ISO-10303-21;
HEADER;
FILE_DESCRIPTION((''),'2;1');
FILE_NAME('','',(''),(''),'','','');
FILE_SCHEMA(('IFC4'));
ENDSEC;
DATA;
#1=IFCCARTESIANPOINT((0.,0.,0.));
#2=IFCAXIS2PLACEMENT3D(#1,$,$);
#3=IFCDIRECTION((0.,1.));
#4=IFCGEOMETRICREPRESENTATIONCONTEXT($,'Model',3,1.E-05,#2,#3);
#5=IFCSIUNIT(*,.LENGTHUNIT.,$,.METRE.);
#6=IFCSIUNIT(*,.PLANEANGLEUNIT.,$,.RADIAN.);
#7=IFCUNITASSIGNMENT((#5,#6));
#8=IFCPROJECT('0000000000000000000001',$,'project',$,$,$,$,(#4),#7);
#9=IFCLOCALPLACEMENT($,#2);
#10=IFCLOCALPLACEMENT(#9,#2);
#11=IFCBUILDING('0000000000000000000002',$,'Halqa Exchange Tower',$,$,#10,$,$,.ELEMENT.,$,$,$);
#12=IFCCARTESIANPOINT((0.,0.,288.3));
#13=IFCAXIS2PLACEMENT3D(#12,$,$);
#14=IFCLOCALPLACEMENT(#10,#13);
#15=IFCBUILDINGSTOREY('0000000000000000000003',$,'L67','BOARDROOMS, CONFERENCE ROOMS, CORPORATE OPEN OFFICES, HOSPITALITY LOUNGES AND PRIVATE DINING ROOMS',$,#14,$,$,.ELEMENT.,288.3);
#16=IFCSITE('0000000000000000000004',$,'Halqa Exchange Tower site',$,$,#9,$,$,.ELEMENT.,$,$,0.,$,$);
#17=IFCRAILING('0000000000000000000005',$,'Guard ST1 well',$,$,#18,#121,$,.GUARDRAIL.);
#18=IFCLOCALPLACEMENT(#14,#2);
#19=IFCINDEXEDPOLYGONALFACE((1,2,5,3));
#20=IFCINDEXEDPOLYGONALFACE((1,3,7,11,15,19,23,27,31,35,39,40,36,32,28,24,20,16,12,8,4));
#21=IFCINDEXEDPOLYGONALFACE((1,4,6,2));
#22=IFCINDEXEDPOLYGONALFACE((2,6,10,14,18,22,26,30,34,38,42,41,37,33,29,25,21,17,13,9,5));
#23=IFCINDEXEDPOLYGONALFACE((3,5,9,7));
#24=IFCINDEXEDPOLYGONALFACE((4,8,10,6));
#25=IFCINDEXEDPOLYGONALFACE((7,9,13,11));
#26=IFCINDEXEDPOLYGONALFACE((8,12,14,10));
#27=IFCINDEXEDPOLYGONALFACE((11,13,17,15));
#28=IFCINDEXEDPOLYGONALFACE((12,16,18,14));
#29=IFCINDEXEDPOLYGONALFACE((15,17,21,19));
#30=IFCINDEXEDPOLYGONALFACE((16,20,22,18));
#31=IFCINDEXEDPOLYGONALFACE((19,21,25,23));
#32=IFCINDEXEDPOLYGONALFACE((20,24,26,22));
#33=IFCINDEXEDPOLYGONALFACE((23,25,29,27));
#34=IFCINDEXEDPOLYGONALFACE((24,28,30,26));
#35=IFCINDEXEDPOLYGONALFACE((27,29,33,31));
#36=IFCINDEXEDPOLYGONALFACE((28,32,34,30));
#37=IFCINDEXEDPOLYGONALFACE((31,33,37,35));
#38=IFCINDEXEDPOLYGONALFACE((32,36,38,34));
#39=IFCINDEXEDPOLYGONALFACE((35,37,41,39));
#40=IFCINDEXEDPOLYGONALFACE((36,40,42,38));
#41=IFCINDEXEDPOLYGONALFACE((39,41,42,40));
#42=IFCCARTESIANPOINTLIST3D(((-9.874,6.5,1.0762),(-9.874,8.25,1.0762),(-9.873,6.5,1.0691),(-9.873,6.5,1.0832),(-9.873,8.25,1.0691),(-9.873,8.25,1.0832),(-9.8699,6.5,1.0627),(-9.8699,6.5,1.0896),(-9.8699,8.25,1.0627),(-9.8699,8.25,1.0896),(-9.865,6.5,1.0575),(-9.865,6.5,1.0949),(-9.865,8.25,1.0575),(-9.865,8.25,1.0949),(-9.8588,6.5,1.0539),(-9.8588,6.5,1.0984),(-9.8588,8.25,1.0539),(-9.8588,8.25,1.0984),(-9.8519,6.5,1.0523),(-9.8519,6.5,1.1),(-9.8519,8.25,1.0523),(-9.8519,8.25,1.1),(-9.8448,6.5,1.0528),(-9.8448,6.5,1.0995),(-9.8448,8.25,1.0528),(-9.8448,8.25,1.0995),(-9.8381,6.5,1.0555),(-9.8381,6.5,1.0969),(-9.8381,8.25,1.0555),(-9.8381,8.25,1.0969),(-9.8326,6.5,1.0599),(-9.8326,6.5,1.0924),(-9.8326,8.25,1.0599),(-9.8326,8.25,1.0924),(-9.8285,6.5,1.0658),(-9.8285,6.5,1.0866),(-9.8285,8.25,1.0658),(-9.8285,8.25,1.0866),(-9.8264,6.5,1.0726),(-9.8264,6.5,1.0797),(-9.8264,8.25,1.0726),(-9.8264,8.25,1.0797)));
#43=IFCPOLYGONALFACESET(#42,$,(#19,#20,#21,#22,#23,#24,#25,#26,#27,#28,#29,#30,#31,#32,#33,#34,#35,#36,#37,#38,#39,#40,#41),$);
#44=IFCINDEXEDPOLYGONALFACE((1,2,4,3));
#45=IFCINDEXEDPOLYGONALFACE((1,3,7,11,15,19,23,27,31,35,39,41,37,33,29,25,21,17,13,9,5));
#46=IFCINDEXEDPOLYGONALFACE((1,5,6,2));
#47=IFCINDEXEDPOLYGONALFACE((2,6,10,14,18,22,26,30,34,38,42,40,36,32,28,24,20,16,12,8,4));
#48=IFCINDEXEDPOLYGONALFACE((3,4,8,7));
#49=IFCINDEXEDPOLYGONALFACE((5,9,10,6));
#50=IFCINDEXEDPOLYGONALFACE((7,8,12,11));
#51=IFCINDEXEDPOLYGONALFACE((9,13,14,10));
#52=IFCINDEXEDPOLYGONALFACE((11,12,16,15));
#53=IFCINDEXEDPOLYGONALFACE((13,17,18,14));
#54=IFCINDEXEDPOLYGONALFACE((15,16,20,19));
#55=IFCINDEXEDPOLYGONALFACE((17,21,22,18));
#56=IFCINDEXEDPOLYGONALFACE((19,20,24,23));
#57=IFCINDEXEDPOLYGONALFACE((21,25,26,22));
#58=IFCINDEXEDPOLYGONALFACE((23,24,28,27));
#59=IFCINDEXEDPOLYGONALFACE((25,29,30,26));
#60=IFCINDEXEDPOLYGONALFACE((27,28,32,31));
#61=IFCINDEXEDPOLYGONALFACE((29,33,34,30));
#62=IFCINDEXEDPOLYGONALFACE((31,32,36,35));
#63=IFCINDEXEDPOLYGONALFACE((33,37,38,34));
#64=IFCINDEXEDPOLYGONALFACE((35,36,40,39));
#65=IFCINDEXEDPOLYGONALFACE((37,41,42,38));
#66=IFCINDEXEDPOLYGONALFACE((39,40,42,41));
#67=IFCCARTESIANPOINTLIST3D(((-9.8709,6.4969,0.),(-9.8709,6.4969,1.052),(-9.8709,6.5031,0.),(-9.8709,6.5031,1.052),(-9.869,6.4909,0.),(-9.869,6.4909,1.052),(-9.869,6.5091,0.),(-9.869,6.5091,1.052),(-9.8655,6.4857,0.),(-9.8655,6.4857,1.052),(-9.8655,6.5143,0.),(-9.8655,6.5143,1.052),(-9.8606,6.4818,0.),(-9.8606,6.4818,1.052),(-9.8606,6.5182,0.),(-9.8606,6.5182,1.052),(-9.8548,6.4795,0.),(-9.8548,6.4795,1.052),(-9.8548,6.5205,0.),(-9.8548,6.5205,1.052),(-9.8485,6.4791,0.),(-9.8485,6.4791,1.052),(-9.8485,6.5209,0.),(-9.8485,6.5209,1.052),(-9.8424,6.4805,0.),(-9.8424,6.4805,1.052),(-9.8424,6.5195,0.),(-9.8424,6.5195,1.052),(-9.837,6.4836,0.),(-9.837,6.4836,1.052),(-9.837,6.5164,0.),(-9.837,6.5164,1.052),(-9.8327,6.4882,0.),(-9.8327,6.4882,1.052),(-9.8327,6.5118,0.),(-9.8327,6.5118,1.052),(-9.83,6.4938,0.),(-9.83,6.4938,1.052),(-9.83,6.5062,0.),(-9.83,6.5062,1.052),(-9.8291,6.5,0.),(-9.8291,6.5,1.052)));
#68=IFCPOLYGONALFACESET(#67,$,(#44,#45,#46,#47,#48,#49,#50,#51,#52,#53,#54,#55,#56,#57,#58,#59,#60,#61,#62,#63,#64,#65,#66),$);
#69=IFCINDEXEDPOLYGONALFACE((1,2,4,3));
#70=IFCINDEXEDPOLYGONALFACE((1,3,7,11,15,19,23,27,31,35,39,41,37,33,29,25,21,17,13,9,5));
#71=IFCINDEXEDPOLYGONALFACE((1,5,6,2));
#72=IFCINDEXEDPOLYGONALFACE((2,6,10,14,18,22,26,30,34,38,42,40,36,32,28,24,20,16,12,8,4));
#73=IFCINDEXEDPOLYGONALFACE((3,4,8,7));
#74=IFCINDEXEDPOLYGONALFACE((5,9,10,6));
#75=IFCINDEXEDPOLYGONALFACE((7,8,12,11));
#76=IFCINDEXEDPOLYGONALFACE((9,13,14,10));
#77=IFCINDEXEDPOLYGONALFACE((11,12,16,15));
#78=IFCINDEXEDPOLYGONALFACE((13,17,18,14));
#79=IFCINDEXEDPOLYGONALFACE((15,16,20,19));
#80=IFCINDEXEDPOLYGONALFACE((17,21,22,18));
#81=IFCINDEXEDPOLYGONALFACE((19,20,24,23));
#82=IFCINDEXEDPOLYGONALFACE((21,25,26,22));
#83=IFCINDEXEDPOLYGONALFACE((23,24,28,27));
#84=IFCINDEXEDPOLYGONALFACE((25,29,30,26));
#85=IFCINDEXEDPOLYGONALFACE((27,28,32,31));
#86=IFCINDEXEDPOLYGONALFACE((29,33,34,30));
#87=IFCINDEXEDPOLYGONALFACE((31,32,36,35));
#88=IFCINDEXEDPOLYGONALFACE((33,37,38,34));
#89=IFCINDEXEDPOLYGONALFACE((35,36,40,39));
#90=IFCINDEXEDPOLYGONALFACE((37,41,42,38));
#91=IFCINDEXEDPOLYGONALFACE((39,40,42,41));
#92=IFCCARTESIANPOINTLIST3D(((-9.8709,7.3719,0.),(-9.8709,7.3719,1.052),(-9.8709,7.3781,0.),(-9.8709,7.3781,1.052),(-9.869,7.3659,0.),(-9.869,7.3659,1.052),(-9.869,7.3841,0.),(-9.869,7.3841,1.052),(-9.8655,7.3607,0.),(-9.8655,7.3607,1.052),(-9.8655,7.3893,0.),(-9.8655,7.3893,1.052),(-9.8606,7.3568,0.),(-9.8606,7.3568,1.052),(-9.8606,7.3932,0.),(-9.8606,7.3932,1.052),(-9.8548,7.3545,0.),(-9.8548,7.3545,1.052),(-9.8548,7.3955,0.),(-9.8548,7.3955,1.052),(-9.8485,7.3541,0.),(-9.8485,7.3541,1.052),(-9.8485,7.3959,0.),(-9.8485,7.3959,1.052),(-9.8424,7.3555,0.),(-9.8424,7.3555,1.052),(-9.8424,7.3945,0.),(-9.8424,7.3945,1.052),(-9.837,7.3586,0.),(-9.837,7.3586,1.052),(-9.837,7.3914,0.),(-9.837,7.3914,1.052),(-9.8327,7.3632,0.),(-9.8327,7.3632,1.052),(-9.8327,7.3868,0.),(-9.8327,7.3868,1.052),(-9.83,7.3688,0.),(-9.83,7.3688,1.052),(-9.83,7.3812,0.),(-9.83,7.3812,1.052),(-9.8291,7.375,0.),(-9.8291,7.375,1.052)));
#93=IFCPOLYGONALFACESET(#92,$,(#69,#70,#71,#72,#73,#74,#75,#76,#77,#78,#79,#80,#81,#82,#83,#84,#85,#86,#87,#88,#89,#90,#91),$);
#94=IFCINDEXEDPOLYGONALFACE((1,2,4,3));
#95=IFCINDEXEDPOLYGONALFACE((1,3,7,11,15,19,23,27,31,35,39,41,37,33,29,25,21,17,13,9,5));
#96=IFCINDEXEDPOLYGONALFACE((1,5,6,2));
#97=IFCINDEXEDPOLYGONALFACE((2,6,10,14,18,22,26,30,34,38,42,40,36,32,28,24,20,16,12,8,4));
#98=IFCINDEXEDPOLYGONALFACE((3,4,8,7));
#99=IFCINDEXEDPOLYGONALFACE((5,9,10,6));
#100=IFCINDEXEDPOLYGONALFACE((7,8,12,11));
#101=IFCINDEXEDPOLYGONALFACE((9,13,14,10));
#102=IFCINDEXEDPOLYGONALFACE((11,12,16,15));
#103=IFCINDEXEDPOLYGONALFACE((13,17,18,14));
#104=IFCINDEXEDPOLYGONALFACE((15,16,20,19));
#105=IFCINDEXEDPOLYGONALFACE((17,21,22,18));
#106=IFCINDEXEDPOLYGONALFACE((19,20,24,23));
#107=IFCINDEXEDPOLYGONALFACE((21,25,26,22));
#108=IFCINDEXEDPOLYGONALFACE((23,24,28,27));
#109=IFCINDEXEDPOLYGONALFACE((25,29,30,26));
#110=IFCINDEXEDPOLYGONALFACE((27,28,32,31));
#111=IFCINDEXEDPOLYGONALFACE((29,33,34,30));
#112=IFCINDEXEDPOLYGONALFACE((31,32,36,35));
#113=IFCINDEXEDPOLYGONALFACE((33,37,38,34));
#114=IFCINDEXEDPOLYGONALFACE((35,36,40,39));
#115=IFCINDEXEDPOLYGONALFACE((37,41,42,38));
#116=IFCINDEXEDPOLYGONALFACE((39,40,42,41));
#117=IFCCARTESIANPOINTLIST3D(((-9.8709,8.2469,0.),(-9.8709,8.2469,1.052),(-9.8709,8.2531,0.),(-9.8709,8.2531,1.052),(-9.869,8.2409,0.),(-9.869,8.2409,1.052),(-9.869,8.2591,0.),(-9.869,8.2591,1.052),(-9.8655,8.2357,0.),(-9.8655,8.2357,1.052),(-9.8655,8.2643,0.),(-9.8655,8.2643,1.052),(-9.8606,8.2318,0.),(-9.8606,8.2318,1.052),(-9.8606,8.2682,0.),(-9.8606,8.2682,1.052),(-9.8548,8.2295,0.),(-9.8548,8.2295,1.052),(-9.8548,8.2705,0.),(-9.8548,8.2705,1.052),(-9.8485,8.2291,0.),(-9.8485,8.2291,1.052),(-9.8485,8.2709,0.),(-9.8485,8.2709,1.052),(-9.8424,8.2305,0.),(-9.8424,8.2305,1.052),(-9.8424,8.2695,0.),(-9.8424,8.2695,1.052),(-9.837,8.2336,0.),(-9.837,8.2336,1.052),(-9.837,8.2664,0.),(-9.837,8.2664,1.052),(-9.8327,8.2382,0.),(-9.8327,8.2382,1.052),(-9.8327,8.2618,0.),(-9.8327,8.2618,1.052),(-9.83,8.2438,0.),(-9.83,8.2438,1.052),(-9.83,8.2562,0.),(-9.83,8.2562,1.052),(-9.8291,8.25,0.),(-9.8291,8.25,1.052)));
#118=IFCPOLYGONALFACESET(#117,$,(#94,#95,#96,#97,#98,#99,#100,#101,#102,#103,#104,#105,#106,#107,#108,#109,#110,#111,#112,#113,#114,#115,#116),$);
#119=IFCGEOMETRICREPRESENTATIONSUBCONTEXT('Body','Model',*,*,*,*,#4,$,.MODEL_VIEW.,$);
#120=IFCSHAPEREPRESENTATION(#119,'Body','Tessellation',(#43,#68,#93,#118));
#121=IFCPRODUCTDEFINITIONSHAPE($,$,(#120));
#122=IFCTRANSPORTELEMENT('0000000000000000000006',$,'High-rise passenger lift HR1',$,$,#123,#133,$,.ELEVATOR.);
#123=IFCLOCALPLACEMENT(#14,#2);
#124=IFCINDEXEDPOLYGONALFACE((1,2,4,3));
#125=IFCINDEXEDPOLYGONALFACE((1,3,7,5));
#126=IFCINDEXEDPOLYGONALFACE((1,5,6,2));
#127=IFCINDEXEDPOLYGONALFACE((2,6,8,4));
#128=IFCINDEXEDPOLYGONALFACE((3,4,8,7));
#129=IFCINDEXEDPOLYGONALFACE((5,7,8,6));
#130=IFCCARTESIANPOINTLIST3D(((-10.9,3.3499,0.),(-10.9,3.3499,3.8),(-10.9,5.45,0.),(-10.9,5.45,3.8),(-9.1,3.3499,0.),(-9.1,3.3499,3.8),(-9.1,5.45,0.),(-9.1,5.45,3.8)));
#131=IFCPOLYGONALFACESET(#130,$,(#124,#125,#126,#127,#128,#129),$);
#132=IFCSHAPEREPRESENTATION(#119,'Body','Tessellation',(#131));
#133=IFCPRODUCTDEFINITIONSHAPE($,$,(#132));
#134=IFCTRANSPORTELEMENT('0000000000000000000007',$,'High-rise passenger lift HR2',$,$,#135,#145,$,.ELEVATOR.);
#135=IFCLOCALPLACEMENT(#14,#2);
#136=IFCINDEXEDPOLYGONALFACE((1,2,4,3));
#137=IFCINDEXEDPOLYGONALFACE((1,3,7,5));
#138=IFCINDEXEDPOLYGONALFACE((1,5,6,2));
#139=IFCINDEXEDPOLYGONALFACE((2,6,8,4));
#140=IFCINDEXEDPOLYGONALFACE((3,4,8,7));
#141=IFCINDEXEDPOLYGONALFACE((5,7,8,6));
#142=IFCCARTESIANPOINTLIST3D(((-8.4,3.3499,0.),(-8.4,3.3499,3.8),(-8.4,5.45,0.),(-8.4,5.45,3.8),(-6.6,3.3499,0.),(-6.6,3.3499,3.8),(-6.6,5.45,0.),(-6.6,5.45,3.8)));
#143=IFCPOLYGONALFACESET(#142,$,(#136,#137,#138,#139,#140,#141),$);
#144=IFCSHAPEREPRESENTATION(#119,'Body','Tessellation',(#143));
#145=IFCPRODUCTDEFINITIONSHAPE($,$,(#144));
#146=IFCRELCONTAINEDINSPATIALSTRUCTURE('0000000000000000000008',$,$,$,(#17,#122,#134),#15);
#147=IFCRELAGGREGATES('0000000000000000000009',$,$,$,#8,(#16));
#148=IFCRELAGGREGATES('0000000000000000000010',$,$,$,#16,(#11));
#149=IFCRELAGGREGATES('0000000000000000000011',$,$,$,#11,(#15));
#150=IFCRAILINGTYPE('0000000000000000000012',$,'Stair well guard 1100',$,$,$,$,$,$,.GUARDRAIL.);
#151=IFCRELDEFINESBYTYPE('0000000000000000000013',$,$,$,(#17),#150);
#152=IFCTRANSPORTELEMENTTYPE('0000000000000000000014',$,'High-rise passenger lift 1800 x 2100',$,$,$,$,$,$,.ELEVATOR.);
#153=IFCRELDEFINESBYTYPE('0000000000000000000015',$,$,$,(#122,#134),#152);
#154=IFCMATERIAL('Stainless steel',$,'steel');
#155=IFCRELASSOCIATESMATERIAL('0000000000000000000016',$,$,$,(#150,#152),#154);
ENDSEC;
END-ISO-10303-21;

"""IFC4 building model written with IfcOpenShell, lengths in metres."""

from ifc_helpers import new_model, si_unit, direction, frame, origin, origin_2d, place, context, subcontext, project, spatial, rectangle, circle, extrude, material, type_object, element, save


model = new_model("IFC4")

# Units and contexts
model_context = context("Model", 3, precision=1e-05, world=origin(), true_north=direction((0.0, 1.0)))
body_context = subcontext(model_context, "Body", "Model", "MODEL_VIEW")
ifc_project = project(units=[si_unit("LENGTHUNIT", "METRE"), si_unit("PLANEANGLEUNIT", "RADIAN")], contexts=[model_context])

# Site, building, storey
site_placement = place(None, origin())
site = spatial("IfcSite", under=ifc_project, at=site_placement, Name="Halqa Exchange Tower site", CompositionType="ELEMENT", RefElevation=0.0)
building_placement = place(site_placement, origin())
building = spatial("IfcBuilding", under=site, at=building_placement, Name="Halqa Exchange Tower", CompositionType="ELEMENT")
storey_placement = place(building_placement, frame((0.0, 0.0, 288.3)))
storey = spatial("IfcBuildingStorey", under=building, at=storey_placement, Name="L67", Description="BOARDROOMS, CONFERENCE ROOMS, CORPORATE OPEN OFFICES, HOSPITALITY LOUNGES AND PRIVATE DINING ROOMS", CompositionType="ELEMENT", Elevation=288.3)

# Shared definitions
ifc_material_1 = material(Name="Stainless steel", Category="steel")

# Railing
railing_type_1 = type_object("IfcRailingType", Name="Stair well guard 1100", PredefinedType="GUARDRAIL", material=ifc_material_1)
railing_1_placement = place(storey_placement, frame((-9.8501, 6.5, 0.0)))
element("IfcRailing", 1, at=railing_1_placement, inside=storey, type_object=railing_type_1, Name="Guard ST1 well", PredefinedType="GUARDRAIL", context=body_context, shape_type="SweptSolid", body=[
    extrude(circle(Radius=0.0239, at=origin_2d()), frame((0.0, 0.0, 1.0762), z_axis=(0.0, 1.0, 0.0), x_axis=(-1.0, 0.0, 0.0)), (0.0, 0.0, 1.0), 1.75),
    extrude(circle(Radius=0.021, at=origin_2d()), origin(), (0.0, 0.0, 1.0), 1.052),
    extrude(circle(Radius=0.021, at=origin_2d()), frame((0.0, 0.875, 0.0)), (0.0, 0.0, 1.0), 1.052),
    extrude(circle(Radius=0.021, at=origin_2d()), frame((0.0, 1.75, 0.0)), (0.0, 0.0, 1.0), 1.052),
])

# Transport elements
transport_element_type = type_object("IfcTransportElementType", Name="High-rise passenger lift 1800 x 2100", PredefinedType="ELEVATOR", material=ifc_material_1)
for number, where, z_axis, x_axis, name in (
    (2, (-10.0, 4.3999, 0.0), (0.0, 0.0, 1.0), (1.0, 0.0, 0.0), "High-rise passenger lift HR1"),
    (3, (-7.5, 4.3999, 0.0), (0.0, 0.0, 1.0), (1.0, 0.0, 0.0), "High-rise passenger lift HR2"),
):
    element("IfcTransportElement", number, at=place(storey_placement, frame(where, z_axis=z_axis, x_axis=x_axis)), inside=storey, type_object=transport_element_type, Name=name, PredefinedType="ELEVATOR", context=body_context, shape_type="SweptSolid", body=[
        extrude(rectangle(XDim=1.8, YDim=2.1001, at=origin_2d()), origin(), (0.0, 0.0, 1.0), 3.8),
    ])

save(model, "model.ifc")
